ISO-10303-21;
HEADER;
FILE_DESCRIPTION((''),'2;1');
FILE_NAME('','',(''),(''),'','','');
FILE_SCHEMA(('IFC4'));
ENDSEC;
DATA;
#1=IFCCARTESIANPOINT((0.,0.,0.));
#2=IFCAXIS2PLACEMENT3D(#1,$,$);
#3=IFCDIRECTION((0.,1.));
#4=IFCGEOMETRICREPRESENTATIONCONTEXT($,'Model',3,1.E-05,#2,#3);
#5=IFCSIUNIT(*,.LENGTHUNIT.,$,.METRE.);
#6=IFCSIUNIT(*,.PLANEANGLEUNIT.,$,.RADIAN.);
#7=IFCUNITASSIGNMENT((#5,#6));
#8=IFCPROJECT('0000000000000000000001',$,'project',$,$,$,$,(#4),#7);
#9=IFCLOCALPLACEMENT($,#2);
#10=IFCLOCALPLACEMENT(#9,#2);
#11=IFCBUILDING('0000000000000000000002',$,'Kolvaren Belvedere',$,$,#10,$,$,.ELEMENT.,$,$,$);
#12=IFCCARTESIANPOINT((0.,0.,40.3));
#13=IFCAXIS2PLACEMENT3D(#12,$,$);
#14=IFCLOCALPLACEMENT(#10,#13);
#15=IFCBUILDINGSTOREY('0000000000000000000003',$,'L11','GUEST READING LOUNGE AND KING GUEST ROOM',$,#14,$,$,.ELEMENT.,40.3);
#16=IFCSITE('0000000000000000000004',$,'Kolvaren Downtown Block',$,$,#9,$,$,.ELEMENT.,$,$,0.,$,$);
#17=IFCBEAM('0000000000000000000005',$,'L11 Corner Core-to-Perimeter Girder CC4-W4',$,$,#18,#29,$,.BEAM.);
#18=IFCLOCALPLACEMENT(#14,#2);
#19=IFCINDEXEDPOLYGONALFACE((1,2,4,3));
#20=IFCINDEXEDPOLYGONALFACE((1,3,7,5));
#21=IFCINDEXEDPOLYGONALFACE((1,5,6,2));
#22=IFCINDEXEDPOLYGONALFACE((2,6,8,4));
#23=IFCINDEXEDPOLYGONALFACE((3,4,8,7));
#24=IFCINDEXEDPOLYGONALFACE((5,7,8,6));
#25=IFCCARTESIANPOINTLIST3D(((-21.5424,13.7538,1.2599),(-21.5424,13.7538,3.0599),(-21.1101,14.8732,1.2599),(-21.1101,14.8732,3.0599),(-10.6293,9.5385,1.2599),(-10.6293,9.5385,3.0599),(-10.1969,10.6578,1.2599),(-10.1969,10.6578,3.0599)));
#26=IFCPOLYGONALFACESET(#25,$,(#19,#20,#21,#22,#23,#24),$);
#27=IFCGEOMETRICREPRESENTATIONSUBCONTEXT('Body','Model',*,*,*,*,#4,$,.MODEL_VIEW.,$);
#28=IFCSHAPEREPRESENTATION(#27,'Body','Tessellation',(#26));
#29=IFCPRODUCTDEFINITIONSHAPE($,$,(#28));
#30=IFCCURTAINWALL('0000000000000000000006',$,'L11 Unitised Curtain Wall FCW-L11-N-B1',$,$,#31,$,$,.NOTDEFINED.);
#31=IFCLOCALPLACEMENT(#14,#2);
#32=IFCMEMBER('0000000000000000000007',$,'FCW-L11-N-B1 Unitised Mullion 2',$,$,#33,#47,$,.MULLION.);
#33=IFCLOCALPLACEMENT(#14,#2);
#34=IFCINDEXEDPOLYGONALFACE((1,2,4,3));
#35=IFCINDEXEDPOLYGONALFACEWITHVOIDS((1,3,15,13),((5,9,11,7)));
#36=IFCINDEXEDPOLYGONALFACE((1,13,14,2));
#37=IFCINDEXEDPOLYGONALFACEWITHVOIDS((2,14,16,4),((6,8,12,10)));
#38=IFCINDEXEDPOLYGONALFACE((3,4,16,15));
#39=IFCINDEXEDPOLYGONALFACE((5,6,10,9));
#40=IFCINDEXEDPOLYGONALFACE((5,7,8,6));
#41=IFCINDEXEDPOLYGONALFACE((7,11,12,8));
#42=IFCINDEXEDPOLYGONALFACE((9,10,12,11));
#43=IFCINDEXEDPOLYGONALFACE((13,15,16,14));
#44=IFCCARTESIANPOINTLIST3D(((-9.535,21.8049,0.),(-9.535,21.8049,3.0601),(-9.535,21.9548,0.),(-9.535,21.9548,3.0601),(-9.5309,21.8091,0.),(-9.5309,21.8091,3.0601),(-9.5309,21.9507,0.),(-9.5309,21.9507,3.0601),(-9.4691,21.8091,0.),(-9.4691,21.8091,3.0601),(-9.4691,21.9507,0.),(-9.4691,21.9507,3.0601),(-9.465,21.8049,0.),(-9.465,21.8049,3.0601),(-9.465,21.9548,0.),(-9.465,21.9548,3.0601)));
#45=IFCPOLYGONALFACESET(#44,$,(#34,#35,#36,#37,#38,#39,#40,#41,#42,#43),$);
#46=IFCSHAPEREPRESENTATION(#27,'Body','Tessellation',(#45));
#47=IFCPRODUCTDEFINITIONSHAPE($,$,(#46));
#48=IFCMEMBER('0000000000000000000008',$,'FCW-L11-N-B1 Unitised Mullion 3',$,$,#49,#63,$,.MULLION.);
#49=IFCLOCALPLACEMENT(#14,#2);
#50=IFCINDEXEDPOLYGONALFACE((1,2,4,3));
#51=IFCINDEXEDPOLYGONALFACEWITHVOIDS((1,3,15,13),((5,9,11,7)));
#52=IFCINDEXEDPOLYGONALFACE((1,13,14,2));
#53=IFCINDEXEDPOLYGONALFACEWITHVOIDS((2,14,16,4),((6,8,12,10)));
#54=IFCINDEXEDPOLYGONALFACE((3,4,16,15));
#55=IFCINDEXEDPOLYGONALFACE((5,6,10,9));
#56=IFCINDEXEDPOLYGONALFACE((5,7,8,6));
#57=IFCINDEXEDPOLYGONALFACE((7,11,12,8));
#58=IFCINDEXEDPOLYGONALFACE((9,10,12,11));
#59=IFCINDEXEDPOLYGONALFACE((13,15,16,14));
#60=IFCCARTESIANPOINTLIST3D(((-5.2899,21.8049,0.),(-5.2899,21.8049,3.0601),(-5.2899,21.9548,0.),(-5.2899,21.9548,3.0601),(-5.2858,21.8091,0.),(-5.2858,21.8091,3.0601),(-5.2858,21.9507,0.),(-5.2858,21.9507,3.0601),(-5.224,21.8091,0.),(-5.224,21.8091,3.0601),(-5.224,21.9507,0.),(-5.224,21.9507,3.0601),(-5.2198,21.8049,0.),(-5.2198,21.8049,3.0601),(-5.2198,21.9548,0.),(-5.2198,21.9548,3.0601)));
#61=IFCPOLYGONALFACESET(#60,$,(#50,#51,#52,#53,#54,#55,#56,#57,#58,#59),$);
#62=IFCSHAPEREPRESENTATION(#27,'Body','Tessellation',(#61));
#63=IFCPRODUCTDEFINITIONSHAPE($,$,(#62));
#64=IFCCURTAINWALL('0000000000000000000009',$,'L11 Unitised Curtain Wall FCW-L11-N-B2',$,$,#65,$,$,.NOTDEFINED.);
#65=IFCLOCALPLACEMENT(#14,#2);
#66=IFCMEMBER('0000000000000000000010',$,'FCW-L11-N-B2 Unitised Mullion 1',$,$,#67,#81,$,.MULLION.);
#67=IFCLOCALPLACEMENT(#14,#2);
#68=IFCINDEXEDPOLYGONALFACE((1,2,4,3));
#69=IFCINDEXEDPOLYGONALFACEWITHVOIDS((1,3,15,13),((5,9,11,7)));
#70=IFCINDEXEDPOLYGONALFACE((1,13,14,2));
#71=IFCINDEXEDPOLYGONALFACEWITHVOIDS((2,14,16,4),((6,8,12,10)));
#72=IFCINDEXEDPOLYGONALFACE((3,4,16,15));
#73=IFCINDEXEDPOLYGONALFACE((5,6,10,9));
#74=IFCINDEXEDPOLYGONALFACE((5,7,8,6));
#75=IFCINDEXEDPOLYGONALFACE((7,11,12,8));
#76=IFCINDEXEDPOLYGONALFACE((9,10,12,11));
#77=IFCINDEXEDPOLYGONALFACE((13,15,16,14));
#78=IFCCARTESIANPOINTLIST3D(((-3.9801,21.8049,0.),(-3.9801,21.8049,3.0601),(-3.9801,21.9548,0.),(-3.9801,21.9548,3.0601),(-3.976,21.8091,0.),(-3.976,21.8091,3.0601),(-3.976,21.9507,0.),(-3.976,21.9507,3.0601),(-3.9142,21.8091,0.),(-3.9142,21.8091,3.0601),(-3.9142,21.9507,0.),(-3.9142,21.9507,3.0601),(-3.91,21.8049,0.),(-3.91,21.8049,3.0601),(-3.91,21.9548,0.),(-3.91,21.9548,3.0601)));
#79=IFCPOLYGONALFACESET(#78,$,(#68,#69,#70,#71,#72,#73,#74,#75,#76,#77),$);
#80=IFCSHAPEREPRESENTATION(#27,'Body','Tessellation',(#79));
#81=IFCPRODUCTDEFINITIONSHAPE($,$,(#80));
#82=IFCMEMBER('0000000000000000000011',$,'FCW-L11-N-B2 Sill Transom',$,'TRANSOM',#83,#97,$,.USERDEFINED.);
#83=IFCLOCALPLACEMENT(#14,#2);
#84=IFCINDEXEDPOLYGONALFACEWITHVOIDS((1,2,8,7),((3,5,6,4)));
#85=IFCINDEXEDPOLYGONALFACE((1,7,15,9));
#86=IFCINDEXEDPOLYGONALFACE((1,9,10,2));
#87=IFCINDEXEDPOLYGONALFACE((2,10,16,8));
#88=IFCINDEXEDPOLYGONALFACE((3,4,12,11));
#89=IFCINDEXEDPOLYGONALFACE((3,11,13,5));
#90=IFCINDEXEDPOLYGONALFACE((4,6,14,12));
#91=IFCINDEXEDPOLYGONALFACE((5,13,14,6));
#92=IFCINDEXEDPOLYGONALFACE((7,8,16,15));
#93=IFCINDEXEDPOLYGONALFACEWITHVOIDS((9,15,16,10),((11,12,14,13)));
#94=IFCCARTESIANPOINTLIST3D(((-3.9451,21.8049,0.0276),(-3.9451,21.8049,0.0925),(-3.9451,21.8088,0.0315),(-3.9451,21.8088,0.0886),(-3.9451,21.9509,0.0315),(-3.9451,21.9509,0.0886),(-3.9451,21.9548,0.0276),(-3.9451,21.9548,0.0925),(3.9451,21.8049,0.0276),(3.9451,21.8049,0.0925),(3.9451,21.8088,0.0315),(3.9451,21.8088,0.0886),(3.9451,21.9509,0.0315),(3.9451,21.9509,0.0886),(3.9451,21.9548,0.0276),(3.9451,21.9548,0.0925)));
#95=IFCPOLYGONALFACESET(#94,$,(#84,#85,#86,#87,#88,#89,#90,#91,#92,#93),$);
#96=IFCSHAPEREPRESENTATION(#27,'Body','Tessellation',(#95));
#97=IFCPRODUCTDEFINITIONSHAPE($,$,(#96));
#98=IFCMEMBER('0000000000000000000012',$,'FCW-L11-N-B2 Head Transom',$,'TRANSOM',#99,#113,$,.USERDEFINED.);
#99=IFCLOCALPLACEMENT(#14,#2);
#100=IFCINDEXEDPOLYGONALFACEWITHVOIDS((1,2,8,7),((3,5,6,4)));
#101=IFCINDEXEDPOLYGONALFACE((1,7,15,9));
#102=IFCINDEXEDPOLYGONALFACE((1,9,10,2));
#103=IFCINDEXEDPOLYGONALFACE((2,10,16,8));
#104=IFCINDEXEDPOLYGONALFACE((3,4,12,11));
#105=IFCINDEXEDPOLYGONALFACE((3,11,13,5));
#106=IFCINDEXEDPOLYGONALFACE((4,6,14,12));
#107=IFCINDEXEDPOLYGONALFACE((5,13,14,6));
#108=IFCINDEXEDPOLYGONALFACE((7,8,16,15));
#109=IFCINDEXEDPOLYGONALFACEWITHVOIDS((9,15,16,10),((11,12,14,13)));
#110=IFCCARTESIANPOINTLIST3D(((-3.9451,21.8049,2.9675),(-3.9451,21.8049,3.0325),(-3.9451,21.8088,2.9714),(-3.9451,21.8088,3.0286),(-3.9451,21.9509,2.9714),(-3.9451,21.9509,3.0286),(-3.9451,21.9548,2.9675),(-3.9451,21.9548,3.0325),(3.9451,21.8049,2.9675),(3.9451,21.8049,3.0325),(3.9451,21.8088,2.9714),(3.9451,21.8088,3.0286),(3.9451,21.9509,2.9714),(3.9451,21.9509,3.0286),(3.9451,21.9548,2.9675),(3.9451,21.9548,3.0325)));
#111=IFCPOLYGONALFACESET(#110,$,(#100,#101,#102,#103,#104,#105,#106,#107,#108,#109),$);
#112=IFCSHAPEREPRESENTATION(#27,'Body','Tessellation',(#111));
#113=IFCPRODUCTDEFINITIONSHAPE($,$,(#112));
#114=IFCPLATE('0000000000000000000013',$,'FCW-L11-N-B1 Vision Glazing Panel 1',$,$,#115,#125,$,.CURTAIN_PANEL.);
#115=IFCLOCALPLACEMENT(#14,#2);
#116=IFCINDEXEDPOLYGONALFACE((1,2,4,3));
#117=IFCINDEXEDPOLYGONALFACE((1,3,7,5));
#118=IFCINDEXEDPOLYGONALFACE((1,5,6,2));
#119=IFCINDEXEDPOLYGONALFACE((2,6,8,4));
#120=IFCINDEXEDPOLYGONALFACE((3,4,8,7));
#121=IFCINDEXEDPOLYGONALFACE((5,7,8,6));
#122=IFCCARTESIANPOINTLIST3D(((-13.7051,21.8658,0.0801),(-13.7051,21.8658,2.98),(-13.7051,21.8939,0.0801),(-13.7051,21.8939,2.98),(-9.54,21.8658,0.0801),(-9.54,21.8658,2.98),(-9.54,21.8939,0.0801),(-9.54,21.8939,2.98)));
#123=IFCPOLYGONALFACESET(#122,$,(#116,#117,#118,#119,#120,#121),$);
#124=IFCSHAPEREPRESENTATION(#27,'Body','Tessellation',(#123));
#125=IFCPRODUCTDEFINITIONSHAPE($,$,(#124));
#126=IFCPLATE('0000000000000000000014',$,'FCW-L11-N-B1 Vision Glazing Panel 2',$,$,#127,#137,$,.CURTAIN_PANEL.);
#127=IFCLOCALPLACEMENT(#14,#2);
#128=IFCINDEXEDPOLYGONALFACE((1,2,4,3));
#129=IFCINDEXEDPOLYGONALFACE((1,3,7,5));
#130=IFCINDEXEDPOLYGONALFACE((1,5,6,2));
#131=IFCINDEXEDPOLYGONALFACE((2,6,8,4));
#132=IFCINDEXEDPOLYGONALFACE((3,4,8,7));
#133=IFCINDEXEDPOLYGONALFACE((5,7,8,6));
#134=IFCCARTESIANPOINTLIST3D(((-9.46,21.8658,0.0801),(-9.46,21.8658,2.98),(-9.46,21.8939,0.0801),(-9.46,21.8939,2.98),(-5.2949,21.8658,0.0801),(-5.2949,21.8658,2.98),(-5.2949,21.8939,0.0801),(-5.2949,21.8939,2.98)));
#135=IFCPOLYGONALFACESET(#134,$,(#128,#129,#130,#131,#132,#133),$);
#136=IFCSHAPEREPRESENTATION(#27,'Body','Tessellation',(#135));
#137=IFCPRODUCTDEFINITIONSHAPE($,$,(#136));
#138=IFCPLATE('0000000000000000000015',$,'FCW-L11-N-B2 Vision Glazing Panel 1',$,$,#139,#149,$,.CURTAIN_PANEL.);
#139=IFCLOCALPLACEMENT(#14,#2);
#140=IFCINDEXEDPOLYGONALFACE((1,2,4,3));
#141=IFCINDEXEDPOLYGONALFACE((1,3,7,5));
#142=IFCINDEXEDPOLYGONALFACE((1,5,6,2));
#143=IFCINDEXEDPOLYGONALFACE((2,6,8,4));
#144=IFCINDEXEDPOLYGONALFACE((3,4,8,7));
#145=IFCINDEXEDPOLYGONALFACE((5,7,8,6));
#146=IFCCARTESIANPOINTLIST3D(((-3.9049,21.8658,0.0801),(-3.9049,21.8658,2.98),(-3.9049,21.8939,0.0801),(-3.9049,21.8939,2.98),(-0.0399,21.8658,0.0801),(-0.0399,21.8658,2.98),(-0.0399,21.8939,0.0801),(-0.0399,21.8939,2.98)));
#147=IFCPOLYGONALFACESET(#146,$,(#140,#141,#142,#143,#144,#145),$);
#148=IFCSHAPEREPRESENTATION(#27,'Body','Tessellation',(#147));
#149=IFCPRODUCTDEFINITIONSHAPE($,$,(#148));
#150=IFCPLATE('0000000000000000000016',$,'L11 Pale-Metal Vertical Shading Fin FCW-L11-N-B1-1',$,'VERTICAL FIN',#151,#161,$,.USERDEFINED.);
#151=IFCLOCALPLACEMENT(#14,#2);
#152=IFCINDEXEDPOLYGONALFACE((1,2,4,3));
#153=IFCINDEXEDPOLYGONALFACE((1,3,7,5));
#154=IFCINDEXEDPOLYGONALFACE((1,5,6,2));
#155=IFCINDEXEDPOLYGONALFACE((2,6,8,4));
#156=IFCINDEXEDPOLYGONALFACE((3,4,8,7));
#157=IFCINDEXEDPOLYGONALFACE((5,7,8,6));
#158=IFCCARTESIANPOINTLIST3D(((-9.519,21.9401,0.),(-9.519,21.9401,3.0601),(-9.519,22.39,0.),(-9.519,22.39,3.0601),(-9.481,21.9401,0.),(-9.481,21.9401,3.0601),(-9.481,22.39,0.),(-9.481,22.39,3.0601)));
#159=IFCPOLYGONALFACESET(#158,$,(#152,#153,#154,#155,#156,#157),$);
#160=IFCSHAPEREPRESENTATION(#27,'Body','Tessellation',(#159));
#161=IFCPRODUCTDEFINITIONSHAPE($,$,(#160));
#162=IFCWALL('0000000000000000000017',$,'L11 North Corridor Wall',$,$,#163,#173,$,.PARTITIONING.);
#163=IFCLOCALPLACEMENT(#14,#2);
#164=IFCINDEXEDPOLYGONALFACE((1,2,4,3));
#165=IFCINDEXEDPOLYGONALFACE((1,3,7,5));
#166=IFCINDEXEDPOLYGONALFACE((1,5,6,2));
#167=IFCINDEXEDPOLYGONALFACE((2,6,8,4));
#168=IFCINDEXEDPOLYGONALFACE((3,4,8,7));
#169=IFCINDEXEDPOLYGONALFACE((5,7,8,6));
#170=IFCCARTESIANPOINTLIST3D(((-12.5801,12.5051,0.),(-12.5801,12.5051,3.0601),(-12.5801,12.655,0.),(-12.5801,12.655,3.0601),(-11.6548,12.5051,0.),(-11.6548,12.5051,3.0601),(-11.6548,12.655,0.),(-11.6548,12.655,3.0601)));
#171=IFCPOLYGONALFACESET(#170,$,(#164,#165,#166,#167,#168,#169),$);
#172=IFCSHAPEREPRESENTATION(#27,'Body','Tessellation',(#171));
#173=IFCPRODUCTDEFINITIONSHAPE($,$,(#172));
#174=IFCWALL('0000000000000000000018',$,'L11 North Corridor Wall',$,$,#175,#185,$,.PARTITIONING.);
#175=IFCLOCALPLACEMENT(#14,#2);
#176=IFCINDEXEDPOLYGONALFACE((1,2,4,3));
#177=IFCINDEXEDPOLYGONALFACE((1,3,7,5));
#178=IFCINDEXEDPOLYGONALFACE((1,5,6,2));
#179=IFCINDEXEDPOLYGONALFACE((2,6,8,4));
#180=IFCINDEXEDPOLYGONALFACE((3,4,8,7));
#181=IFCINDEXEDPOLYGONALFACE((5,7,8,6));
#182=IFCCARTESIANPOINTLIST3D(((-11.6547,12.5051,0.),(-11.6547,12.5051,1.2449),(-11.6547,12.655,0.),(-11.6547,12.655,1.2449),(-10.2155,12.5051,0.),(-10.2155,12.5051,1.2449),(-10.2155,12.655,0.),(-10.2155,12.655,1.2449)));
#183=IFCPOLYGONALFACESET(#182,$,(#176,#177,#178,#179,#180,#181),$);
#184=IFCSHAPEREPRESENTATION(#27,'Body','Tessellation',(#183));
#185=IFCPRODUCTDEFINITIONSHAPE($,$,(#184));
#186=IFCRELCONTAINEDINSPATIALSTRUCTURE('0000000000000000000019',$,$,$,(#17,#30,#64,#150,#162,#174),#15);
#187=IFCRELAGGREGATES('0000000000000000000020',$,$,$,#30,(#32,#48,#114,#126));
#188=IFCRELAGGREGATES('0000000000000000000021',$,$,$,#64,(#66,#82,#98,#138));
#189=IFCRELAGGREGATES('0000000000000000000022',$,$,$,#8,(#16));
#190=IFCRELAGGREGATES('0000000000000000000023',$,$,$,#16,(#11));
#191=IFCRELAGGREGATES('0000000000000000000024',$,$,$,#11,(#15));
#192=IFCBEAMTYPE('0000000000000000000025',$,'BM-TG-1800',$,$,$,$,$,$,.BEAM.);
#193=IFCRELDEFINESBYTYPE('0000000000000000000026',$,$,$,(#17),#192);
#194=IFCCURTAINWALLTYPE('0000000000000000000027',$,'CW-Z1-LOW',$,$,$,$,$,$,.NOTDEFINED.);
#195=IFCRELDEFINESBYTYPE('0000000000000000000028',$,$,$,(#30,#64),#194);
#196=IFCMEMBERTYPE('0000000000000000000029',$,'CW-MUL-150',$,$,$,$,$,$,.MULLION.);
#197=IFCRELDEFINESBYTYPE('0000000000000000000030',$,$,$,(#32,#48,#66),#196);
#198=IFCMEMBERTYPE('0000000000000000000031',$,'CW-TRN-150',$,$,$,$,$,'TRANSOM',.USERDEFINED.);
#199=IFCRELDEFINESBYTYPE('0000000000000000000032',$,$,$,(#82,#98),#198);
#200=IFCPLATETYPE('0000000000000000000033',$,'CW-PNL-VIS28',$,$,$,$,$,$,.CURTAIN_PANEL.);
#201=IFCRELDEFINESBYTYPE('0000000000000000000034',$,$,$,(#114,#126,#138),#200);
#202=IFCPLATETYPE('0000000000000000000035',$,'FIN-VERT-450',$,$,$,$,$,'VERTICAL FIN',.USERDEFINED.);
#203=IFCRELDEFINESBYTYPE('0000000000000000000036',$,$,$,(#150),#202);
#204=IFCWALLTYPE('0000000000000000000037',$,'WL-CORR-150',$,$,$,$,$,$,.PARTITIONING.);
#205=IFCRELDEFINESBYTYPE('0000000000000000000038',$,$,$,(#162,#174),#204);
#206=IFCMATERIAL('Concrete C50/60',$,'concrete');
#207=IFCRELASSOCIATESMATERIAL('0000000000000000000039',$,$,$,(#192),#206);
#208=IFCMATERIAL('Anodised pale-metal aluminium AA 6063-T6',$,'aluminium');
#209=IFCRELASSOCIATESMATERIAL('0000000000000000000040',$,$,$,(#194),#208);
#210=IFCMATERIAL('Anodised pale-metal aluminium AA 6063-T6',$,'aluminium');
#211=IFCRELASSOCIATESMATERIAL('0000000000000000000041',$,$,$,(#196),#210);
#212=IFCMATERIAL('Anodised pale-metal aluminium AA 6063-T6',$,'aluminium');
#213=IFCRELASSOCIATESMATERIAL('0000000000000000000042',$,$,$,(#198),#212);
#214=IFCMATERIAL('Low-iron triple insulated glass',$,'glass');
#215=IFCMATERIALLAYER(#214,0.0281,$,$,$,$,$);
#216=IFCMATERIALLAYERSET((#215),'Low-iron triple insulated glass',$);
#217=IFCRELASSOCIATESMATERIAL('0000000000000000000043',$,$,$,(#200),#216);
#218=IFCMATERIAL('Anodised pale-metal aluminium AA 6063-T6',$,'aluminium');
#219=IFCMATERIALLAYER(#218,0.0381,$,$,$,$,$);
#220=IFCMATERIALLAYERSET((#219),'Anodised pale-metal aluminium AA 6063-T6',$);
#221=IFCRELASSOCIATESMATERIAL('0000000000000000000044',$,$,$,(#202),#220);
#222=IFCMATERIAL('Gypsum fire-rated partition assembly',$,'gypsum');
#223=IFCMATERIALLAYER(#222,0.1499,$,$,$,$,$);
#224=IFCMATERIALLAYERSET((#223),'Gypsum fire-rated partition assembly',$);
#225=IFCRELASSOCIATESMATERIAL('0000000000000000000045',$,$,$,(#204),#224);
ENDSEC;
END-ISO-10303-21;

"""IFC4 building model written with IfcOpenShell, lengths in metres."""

from ifc_helpers import new_model, si_unit, direction, frame, frame_2d, origin, origin_2d, place, context, subcontext, project, spatial, rectangle, hollow_rectangle, extrude, material, layer, layer_set, material_profile, profile_set, type_object, element, aggregate, save


model = new_model("IFC4")

# Units and contexts
model_context = context("Model", 3, precision=1e-05, world=origin(), true_north=direction((0.0, 1.0)))
body_context = subcontext(model_context, "Body", "Model", "MODEL_VIEW")
ifc_project = project(units=[si_unit("LENGTHUNIT", "METRE"), si_unit("PLANEANGLEUNIT", "RADIAN")], contexts=[model_context])

# Site, building, storey
site_placement = place(None, origin())
site = spatial("IfcSite", under=ifc_project, at=site_placement, Name="Kolvaren Downtown Block", CompositionType="ELEMENT", RefElevation=0.0)
building_placement = place(site_placement, origin())
building = spatial("IfcBuilding", under=site, at=building_placement, Name="Kolvaren Belvedere", CompositionType="ELEMENT")
storey_placement = place(building_placement, frame((0.0, 0.0, 40.3)))
storey = spatial("IfcBuildingStorey", under=building, at=storey_placement, Name="L11", Description="GUEST READING LOUNGE AND KING GUEST ROOM", CompositionType="ELEMENT", Elevation=40.3)

# Beam
ifc_material_1 = material(Name="Concrete C50/60", Category="concrete")
ifc_material_profile_1 = material_profile(ifc_material_1, rectangle(XDim=1.2, YDim=1.8, at=origin_2d()), Name="RC 1200X1800")
ifc_profile_set_1 = profile_set([ifc_material_profile_1], Name="Concrete C50/60")
beam_type_1 = type_object("IfcBeamType", Name="BM-TG-1800", PredefinedType="BEAM", material=ifc_profile_set_1)
for number, where, z_axis, x_axis, name in (
    (1, (-10.4131, 10.0981, 2.1599), (-0.932829, 0.360318, 0.0), (-0.360318, -0.932829, 0.0), "L11 Corner Core-to-Perimeter Girder CC4-W4"),
):
    element("IfcBeam", number, at=place(storey_placement, frame(where, z_axis=z_axis, x_axis=x_axis)), inside=storey, type_object=beam_type_1, Name=name, PredefinedType="BEAM", context=body_context, shape_type="SweptSolid", body=[
        extrude(rectangle(XDim=1.2, YDim=1.8, at=origin_2d()), origin(), (0.0, 0.0, 1.0), 11.699),
    ])

# Curtain walls, members
ifc_material_2 = material(Name="Anodised pale-metal aluminium AA 6063-T6", Category="aluminium")
curtain_wall_type = type_object("IfcCurtainWallType", Name="CW-Z1-LOW", PredefinedType="NOTDEFINED", material=ifc_material_2)
curtain_wall_1_placement = place(storey_placement, origin())
curtain_wall_1 = element("IfcCurtainWall", 2, at=curtain_wall_1_placement, inside=storey, type_object=curtain_wall_type, Name="L11 Unitised Curtain Wall FCW-L11-N-B1", PredefinedType="NOTDEFINED")
ifc_material_3 = material(Name="Anodised pale-metal aluminium AA 6063-T6", Category="aluminium")
ifc_material_profile_2 = material_profile(ifc_material_3, hollow_rectangle(XDim=0.0701, YDim=0.1499, WallThickness=0.0042, at=origin_2d()), Name="ALU-MUL-150X70")
ifc_profile_set_2 = profile_set([ifc_material_profile_2], Name="Anodised pale-metal aluminium AA 6063-T6")
member_type_1 = type_object("IfcMemberType", Name="CW-MUL-150", PredefinedType="MULLION", material=ifc_profile_set_2)
member_1_placement = place(storey_placement, frame((-9.5, 21.8799, 0.0), z_axis=(0.0, 0.0, 1.0), x_axis=(1.0, 0.0, 0.0)))
member_1 = element("IfcMember", 3, at=member_1_placement, type_object=member_type_1, Name="FCW-L11-N-B1 Unitised Mullion 2", PredefinedType="MULLION", context=body_context, shape_type="SweptSolid", body=[
    extrude(hollow_rectangle(XDim=0.0701, YDim=0.1499, WallThickness=0.0042, at=origin_2d()), origin(), (0.0, 0.0, 1.0), 3.0601),
])
member_2_placement = place(storey_placement, frame((-5.2549, 21.8799, 0.0), z_axis=(0.0, 0.0, 1.0), x_axis=(1.0, 0.0, 0.0)))
member_2 = element("IfcMember", 4, at=member_2_placement, type_object=member_type_1, Name="FCW-L11-N-B1 Unitised Mullion 3", PredefinedType="MULLION", context=body_context, shape_type="SweptSolid", body=[
    extrude(hollow_rectangle(XDim=0.0701, YDim=0.1499, WallThickness=0.0042, at=origin_2d()), origin(), (0.0, 0.0, 1.0), 3.0601),
])
curtain_wall_2_placement = place(storey_placement, origin())
curtain_wall_2 = element("IfcCurtainWall", 5, at=curtain_wall_2_placement, inside=storey, type_object=curtain_wall_type, Name="L11 Unitised Curtain Wall FCW-L11-N-B2", PredefinedType="NOTDEFINED")
member_3_placement = place(storey_placement, frame((-3.9451, 21.8799, 0.0), z_axis=(0.0, 0.0, 1.0), x_axis=(1.0, 0.0, 0.0)))
member_3 = element("IfcMember", 6, at=member_3_placement, type_object=member_type_1, Name="FCW-L11-N-B2 Unitised Mullion 1", PredefinedType="MULLION", context=body_context, shape_type="SweptSolid", body=[
    extrude(hollow_rectangle(XDim=0.0701, YDim=0.1499, WallThickness=0.0042, at=origin_2d()), origin(), (0.0, 0.0, 1.0), 3.0601),
])
ifc_material_4 = material(Name="Anodised pale-metal aluminium AA 6063-T6", Category="aluminium")
ifc_material_profile_3 = material_profile(ifc_material_4, hollow_rectangle(XDim=0.0649, YDim=0.1499, WallThickness=0.0039, at=origin_2d()), Name="ALU-TRN-150X65")
ifc_profile_set_3 = profile_set([ifc_material_profile_3], Name="Anodised pale-metal aluminium AA 6063-T6")
member_type_2 = type_object("IfcMemberType", Name="CW-TRN-150", ElementType="TRANSOM", PredefinedType="USERDEFINED", material=ifc_profile_set_3)
member_4_placement = place(storey_placement, frame((-3.9451, 21.8799, 0.0601), z_axis=(1.0, 0.0, 0.0), x_axis=(0.0, 0.0, 1.0)))
member_4 = element("IfcMember", 7, at=member_4_placement, type_object=member_type_2, Name="FCW-L11-N-B2 Sill Transom", ObjectType="TRANSOM", PredefinedType="USERDEFINED", context=body_context, shape_type="SweptSolid", body=[
    extrude(hollow_rectangle(XDim=0.0649, YDim=0.1499, WallThickness=0.0039, at=origin_2d()), origin(), (0.0, 0.0, 1.0), 7.8901),
])
member_5_placement = place(storey_placement, frame((-3.9451, 21.8799, 3.0), z_axis=(1.0, 0.0, 0.0), x_axis=(0.0, 0.0, 1.0)))
member_5 = element("IfcMember", 8, at=member_5_placement, type_object=member_type_2, Name="FCW-L11-N-B2 Head Transom", ObjectType="TRANSOM", PredefinedType="USERDEFINED", context=body_context, shape_type="SweptSolid", body=[
    extrude(hollow_rectangle(XDim=0.0649, YDim=0.1499, WallThickness=0.0039, at=origin_2d()), origin(), (0.0, 0.0, 1.0), 7.8901),
])

# Plates
ifc_material_5 = material(Name="Low-iron triple insulated glass", Category="glass")
ifc_layer_1 = layer(ifc_material_5, 0.0281)
ifc_layer_set_1 = layer_set([ifc_layer_1], Name="Low-iron triple insulated glass")
plate_type_1 = type_object("IfcPlateType", Name="CW-PNL-VIS28", PredefinedType="CURTAIN_PANEL", material=ifc_layer_set_1)
plate_1_placement = place(storey_placement, frame((-11.6226, 21.8799, 0.0801), z_axis=(0.0, 0.0, 1.0), x_axis=(1.0, 0.0, 0.0)))
plate_1 = element("IfcPlate", 9, at=plate_1_placement, type_object=plate_type_1, Name="FCW-L11-N-B1 Vision Glazing Panel 1", PredefinedType="CURTAIN_PANEL", context=body_context, shape_type="SweptSolid", body=[
    extrude(rectangle(XDim=4.165, YDim=0.0281, at=origin_2d()), origin(), (0.0, 0.0, 1.0), 2.8999),
])
plate_2_placement = place(storey_placement, frame((-7.3774, 21.8799, 0.0801), z_axis=(0.0, 0.0, 1.0), x_axis=(1.0, 0.0, 0.0)))
plate_2 = element("IfcPlate", 10, at=plate_2_placement, type_object=plate_type_1, Name="FCW-L11-N-B1 Vision Glazing Panel 2", PredefinedType="CURTAIN_PANEL", context=body_context, shape_type="SweptSolid", body=[
    extrude(rectangle(XDim=4.165, YDim=0.0281, at=origin_2d()), origin(), (0.0, 0.0, 1.0), 2.8999),
])
aggregate(curtain_wall_1, [member_1, member_2, plate_1, plate_2])
plate_3_placement = place(storey_placement, frame((-1.9724, 21.8799, 0.0801), z_axis=(0.0, 0.0, 1.0), x_axis=(1.0, 0.0, 0.0)))
plate_3 = element("IfcPlate", 11, at=plate_3_placement, type_object=plate_type_1, Name="FCW-L11-N-B2 Vision Glazing Panel 1", PredefinedType="CURTAIN_PANEL", context=body_context, shape_type="SweptSolid", body=[
    extrude(rectangle(XDim=3.865, YDim=0.0281, at=origin_2d()), origin(), (0.0, 0.0, 1.0), 2.8999),
])
aggregate(curtain_wall_2, [member_3, member_4, member_5, plate_3])
ifc_material_6 = material(Name="Anodised pale-metal aluminium AA 6063-T6", Category="aluminium")
ifc_layer_2 = layer(ifc_material_6, 0.0381)
ifc_layer_set_2 = layer_set([ifc_layer_2], Name="Anodised pale-metal aluminium AA 6063-T6")
plate_type_2 = type_object("IfcPlateType", Name="FIN-VERT-450", ElementType="VERTICAL FIN", PredefinedType="USERDEFINED", material=ifc_layer_set_2)
plate_4_placement = place(storey_placement, frame((-9.5, 22.165, 0.0), z_axis=(0.0, 0.0, 1.0), x_axis=(0.0, 1.0, 0.0)))
element("IfcPlate", 12, at=plate_4_placement, inside=storey, type_object=plate_type_2, Name="L11 Pale-Metal Vertical Shading Fin FCW-L11-N-B1-1", ObjectType="VERTICAL FIN", PredefinedType="USERDEFINED", context=body_context, shape_type="SweptSolid", body=[
    extrude(rectangle(XDim=0.45, YDim=0.0381, at=origin_2d()), origin(), (0.0, 0.0, 1.0), 3.0601),
])

# Walls
ifc_material_7 = material(Name="Gypsum fire-rated partition assembly", Category="gypsum")
ifc_layer_3 = layer(ifc_material_7, 0.1499)
ifc_layer_set_3 = layer_set([ifc_layer_3], Name="Gypsum fire-rated partition assembly")
wall_type_1 = type_object("IfcWallType", Name="WL-CORR-150", PredefinedType="PARTITIONING", material=ifc_layer_set_3)
wall_1_placement = place(storey_placement, frame((-12.5801, 12.5801, 0.0), z_axis=(0.0, 0.0, 1.0), x_axis=(1.0, 0.0, 0.0)))
element("IfcWall", 13, at=wall_1_placement, inside=storey, type_object=wall_type_1, Name="L11 North Corridor Wall", PredefinedType="PARTITIONING", context=body_context, shape_type="SweptSolid", body=[
    extrude(rectangle(XDim=0.9253, YDim=0.1499, at=frame_2d((0.4626, 0.0))), origin(), (0.0, 0.0, 1.0), 3.0601),
])
wall_2_placement = place(storey_placement, frame((-11.6548, 12.5801, 0.0), z_axis=(0.0, 0.0, 1.0), x_axis=(1.0, 0.0, 0.0)))
element("IfcWall", 14, at=wall_2_placement, inside=storey, type_object=wall_type_1, Name="L11 North Corridor Wall", PredefinedType="PARTITIONING", context=body_context, shape_type="SweptSolid", body=[
    extrude(rectangle(XDim=1.4392, YDim=0.1499, at=frame_2d((0.7197, 0.0))), origin(), (0.0, 0.0, 1.0), 1.2449),
])

save(model, "model.ifc")
